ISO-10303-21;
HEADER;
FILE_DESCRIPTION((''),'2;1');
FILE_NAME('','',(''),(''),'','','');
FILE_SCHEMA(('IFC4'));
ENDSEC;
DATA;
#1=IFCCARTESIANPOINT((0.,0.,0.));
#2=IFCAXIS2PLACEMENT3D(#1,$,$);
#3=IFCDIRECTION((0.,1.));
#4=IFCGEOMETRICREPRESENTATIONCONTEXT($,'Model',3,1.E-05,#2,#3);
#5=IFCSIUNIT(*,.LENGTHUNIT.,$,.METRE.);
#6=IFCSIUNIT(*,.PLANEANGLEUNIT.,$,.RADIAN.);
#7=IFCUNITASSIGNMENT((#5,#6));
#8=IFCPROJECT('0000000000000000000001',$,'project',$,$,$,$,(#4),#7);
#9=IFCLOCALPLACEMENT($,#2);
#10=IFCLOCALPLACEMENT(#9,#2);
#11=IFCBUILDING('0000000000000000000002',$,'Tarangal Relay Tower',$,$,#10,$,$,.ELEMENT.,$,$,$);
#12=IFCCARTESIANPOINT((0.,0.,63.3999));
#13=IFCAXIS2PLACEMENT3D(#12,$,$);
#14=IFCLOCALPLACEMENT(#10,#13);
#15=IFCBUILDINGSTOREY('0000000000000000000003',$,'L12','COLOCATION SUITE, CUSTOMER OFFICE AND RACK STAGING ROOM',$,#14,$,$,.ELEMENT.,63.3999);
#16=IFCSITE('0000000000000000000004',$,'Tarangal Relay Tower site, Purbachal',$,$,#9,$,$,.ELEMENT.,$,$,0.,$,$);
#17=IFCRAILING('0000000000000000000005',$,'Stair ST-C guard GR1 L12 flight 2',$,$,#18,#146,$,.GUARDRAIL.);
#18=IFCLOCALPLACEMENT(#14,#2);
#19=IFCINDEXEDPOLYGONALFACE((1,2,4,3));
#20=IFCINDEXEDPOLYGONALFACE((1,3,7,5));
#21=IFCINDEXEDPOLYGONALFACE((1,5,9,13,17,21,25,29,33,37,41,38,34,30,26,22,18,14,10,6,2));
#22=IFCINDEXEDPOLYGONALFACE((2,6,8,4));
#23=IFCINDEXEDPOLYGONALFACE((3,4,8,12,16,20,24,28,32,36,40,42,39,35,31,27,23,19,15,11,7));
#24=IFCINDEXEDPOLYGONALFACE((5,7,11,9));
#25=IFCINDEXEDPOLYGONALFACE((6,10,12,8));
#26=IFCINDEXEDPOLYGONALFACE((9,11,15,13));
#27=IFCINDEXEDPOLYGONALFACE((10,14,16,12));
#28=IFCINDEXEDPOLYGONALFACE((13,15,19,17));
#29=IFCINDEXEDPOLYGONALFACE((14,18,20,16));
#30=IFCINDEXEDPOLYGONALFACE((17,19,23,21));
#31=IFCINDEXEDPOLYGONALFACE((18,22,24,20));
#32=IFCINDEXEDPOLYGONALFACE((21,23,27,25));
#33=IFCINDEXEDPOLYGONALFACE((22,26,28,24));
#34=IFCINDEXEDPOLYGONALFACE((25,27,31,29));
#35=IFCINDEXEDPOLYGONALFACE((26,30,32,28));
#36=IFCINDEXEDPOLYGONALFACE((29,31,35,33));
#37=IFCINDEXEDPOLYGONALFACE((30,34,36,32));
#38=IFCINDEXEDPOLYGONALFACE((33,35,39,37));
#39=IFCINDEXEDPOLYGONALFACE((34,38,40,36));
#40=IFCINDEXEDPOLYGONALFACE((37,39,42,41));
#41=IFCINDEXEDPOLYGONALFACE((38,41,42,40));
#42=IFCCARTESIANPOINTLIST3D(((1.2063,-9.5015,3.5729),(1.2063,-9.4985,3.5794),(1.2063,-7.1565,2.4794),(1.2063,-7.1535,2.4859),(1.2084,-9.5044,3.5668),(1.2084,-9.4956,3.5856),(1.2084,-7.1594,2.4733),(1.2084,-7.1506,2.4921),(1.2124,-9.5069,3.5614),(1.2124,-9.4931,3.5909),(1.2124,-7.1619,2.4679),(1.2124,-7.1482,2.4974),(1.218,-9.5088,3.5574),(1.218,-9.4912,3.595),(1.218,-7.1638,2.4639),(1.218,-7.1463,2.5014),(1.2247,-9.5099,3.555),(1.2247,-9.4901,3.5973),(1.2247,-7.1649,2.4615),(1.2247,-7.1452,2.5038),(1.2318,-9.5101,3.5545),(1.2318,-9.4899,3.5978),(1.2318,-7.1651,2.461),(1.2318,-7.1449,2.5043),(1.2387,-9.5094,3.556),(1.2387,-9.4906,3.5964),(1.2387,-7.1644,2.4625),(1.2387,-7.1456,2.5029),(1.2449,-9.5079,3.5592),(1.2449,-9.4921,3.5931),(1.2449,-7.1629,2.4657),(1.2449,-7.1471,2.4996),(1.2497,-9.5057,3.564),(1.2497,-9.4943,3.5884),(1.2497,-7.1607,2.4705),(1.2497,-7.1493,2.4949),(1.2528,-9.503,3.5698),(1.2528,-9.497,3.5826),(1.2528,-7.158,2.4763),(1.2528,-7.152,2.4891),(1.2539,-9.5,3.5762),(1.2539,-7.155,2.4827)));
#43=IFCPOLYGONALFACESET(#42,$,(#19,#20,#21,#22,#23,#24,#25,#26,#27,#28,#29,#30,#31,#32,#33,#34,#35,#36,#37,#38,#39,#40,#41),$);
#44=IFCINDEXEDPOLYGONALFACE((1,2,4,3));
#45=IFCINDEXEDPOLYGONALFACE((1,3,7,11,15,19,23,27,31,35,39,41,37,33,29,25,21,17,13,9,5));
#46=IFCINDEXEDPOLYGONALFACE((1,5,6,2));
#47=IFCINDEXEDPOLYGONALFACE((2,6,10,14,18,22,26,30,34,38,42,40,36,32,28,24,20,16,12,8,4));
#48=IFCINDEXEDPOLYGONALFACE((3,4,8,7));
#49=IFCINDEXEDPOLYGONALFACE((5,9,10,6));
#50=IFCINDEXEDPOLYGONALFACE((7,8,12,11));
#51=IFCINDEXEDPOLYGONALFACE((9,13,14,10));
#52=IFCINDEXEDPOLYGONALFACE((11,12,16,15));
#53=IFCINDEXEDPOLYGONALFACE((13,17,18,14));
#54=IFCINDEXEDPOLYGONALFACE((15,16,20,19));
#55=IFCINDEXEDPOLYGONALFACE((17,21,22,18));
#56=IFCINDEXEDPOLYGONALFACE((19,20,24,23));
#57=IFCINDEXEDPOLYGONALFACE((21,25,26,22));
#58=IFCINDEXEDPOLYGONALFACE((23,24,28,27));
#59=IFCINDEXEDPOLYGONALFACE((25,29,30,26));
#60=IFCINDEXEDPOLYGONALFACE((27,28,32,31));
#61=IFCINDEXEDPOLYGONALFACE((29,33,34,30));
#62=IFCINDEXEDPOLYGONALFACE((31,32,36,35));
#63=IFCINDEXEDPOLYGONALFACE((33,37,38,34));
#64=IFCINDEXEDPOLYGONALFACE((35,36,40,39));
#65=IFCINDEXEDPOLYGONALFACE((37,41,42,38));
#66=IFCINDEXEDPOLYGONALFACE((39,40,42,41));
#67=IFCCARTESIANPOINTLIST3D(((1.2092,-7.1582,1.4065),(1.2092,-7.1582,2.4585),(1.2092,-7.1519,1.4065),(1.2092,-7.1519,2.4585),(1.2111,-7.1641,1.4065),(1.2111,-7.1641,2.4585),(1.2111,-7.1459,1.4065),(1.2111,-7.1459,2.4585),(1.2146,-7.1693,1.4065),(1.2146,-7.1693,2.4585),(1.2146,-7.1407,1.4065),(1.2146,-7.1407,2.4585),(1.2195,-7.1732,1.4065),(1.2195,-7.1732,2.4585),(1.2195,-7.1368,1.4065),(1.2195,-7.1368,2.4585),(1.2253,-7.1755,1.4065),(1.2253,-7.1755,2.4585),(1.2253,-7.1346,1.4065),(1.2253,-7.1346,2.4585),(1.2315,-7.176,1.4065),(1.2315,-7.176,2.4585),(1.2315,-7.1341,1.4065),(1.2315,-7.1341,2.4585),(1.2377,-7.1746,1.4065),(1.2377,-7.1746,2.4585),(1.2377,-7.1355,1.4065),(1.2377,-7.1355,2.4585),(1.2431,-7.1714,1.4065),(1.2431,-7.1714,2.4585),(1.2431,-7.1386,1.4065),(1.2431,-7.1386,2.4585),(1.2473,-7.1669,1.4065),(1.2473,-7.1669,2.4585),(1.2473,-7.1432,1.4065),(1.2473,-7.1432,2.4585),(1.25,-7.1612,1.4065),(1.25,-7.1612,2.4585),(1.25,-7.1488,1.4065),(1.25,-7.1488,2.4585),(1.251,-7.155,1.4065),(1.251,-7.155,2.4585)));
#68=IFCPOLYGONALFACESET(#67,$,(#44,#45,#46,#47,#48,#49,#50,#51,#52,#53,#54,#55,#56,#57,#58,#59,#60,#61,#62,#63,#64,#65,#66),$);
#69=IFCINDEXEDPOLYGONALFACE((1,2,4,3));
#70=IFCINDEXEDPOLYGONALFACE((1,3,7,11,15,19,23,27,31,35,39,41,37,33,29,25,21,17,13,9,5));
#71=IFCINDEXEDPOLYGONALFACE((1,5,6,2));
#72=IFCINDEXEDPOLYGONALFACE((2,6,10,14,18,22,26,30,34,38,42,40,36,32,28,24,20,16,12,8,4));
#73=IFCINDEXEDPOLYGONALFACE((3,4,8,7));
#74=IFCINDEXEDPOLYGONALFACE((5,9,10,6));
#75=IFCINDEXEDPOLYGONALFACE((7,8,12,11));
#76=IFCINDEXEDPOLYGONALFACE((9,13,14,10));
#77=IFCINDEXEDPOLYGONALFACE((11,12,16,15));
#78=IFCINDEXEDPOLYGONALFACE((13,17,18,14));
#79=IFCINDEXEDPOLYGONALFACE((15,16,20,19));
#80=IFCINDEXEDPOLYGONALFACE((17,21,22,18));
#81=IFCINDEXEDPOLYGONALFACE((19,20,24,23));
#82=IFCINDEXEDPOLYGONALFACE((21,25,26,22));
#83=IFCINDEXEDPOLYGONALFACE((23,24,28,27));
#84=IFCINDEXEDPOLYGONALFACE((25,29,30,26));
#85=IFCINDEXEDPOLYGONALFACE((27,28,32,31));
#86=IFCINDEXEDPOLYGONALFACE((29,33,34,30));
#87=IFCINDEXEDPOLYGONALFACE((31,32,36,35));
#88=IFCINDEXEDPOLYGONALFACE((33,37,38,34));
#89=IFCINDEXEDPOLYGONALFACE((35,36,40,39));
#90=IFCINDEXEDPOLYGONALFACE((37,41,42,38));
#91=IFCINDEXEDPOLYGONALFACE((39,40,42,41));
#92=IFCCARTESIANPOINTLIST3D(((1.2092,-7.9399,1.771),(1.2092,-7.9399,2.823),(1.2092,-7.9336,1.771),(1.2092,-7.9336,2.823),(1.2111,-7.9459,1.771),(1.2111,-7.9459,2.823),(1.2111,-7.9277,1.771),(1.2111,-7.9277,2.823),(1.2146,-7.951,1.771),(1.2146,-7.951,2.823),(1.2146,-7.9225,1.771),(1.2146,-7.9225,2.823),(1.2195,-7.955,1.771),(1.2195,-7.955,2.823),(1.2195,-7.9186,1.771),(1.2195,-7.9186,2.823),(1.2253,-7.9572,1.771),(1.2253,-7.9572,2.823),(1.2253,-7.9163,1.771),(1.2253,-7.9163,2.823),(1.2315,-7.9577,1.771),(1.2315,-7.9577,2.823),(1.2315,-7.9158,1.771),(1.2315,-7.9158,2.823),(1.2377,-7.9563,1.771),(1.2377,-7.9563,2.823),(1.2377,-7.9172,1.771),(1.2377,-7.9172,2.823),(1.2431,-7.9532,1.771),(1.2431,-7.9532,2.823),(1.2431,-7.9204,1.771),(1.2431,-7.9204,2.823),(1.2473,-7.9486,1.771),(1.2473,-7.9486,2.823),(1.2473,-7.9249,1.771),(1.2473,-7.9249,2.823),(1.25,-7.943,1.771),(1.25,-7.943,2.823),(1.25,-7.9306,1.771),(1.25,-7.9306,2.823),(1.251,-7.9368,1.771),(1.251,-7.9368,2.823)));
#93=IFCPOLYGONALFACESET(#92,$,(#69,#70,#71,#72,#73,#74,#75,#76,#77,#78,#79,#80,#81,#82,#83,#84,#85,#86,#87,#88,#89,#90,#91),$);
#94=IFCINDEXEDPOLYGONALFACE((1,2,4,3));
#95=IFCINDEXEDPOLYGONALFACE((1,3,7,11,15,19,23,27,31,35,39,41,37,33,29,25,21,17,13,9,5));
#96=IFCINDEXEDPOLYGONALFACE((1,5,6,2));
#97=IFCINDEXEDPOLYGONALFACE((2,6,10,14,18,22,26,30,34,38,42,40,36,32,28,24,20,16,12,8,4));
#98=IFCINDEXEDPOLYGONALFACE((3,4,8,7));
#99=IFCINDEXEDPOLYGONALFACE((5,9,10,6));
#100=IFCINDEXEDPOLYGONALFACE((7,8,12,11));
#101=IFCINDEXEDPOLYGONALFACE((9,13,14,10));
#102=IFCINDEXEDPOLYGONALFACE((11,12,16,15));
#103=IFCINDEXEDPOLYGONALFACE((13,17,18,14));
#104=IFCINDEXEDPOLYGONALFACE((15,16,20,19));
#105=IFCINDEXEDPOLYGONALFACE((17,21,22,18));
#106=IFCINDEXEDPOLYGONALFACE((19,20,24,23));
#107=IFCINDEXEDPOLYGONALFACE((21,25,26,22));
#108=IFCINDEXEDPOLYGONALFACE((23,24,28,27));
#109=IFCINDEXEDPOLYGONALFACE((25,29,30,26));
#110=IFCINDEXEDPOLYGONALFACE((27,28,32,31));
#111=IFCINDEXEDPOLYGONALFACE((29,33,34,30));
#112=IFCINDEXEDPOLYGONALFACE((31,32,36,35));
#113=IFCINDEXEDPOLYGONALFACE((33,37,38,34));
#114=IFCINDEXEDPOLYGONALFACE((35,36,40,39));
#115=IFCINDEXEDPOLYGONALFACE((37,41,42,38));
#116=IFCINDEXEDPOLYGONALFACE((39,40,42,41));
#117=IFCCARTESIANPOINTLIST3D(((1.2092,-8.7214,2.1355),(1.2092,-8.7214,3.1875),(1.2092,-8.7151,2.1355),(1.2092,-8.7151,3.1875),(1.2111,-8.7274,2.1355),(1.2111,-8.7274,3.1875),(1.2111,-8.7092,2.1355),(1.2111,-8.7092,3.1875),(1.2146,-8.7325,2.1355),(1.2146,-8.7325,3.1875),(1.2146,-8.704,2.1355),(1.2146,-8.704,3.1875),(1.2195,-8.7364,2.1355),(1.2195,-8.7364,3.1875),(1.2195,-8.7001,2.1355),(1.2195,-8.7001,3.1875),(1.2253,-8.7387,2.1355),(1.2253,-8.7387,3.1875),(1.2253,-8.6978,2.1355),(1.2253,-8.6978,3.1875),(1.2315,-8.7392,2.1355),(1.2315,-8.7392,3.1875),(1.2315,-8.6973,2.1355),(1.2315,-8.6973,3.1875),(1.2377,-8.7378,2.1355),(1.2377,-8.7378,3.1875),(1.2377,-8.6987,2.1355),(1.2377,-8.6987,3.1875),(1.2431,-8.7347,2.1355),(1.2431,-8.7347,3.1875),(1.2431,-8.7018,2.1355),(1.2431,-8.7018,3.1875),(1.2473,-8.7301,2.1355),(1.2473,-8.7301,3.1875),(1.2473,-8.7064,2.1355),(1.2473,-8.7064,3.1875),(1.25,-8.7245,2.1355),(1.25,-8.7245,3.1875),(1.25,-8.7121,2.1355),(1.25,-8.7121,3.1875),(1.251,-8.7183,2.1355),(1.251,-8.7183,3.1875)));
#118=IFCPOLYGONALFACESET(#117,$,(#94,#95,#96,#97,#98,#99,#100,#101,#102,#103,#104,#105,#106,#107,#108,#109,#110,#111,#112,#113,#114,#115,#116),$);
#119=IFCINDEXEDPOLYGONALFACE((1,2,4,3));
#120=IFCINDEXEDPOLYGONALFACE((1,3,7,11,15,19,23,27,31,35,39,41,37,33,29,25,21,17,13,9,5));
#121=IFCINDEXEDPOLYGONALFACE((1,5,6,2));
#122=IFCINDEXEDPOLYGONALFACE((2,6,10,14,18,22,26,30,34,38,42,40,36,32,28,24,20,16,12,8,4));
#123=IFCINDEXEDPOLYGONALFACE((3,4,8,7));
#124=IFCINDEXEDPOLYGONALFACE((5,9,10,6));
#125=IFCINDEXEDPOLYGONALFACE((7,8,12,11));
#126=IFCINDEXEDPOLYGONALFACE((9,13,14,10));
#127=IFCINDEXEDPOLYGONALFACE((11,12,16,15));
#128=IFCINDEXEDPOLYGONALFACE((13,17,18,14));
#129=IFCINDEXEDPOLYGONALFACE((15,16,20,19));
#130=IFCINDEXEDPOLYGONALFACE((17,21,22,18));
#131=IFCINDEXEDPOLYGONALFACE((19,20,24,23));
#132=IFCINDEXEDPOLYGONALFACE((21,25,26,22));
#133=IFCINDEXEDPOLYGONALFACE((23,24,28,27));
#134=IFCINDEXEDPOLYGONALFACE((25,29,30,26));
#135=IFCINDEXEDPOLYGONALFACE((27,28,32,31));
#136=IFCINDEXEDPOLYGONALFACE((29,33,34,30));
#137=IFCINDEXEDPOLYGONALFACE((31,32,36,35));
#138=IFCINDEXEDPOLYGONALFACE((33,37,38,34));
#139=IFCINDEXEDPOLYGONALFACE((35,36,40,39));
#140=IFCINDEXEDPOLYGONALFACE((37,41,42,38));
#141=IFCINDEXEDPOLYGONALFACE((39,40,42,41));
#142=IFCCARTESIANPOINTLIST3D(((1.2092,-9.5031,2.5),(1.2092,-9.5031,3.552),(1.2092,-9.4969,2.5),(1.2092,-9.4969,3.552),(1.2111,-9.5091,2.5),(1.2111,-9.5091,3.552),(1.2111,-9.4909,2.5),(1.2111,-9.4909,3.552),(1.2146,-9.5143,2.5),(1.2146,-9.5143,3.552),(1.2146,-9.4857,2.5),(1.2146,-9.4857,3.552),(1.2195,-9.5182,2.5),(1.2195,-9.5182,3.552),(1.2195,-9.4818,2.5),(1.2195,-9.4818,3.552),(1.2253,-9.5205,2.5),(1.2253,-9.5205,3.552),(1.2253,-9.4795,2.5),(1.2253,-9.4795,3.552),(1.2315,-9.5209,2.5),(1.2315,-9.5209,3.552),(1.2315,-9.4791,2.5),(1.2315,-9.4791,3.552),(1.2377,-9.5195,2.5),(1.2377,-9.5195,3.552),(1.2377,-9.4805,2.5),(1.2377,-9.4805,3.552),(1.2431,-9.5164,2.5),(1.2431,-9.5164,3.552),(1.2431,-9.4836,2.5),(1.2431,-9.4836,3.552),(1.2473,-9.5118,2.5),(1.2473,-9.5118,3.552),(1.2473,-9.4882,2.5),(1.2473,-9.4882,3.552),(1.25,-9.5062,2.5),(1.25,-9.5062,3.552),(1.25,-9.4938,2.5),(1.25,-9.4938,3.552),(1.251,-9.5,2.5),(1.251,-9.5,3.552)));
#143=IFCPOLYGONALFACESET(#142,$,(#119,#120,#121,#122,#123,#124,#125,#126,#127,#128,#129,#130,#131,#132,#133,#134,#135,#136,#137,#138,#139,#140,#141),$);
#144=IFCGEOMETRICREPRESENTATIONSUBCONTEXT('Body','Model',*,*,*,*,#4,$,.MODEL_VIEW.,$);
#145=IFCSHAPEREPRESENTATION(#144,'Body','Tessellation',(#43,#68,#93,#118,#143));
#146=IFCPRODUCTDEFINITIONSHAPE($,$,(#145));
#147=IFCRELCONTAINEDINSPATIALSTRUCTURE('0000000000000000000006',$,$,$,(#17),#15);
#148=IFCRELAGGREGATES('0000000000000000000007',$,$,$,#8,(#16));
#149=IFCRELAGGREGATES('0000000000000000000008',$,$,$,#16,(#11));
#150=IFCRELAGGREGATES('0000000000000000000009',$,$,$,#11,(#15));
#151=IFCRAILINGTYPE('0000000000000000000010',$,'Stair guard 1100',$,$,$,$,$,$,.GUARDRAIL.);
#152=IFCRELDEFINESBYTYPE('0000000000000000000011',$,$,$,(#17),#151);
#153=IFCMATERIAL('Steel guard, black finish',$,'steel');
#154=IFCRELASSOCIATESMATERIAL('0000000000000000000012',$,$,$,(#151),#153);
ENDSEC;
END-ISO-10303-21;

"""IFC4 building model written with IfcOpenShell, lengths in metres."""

from ifc_helpers import new_model, si_unit, direction, frame, origin, origin_2d, place, context, subcontext, project, spatial, circle, extrude, material, type_object, element, save


model = new_model("IFC4")

# Units and contexts
model_context = context("Model", 3, precision=1e-05, world=origin(), true_north=direction((0.0, 1.0)))
body_context = subcontext(model_context, "Body", "Model", "MODEL_VIEW")
ifc_project = project(units=[si_unit("LENGTHUNIT", "METRE"), si_unit("PLANEANGLEUNIT", "RADIAN")], contexts=[model_context])

# Site, building, storey
site_placement = place(None, origin())
site = spatial("IfcSite", under=ifc_project, at=site_placement, Name="Tarangal Relay Tower site, Purbachal", CompositionType="ELEMENT", RefElevation=0.0)
building_placement = place(site_placement, origin())
building = spatial("IfcBuilding", under=site, at=building_placement, Name="Tarangal Relay Tower", CompositionType="ELEMENT")
storey_placement = place(building_placement, frame((0.0, 0.0, 63.3999)))
storey = spatial("IfcBuildingStorey", under=building, at=storey_placement, Name="L12", Description="COLOCATION SUITE, CUSTOMER OFFICE AND RACK STAGING ROOM", CompositionType="ELEMENT", Elevation=63.3999)

# Railing
ifc_material_1 = material(Name="Steel guard, black finish", Category="steel")
railing_type_1 = type_object("IfcRailingType", Name="Stair guard 1100", PredefinedType="GUARDRAIL", material=ifc_material_1)
for number, where, name in (
    (1, (1.23, -7.155, 1.4065), "Stair ST-C guard GR1 L12 flight 2"),
):
    element("IfcRailing", number, at=place(storey_placement, frame(where)), inside=storey, type_object=railing_type_1, Name=name, PredefinedType="GUARDRAIL", context=body_context, shape_type="SweptSolid", body=[
        extrude(circle(Radius=0.0239, at=origin_2d()), frame((0.0, 0.0, 1.0762), z_axis=(0.0, -0.906304, 0.422627), x_axis=(1.0, 0.0, 0.0)), (0.0, 0.0, 1.0), 2.5874),
        extrude(circle(Radius=0.021, at=origin_2d()), origin(), (0.0, 0.0, 1.0), 1.052),
        extrude(circle(Radius=0.021, at=origin_2d()), frame((0.0, -0.7817, 0.3645)), (0.0, 0.0, 1.0), 1.052),
        extrude(circle(Radius=0.021, at=origin_2d()), frame((0.0, -1.5632, 0.729)), (0.0, 0.0, 1.0), 1.052),
        extrude(circle(Radius=0.021, at=origin_2d()), frame((0.0, -2.345, 1.0935)), (0.0, 0.0, 1.0), 1.052),
    ])

save(model, "model.ifc")
